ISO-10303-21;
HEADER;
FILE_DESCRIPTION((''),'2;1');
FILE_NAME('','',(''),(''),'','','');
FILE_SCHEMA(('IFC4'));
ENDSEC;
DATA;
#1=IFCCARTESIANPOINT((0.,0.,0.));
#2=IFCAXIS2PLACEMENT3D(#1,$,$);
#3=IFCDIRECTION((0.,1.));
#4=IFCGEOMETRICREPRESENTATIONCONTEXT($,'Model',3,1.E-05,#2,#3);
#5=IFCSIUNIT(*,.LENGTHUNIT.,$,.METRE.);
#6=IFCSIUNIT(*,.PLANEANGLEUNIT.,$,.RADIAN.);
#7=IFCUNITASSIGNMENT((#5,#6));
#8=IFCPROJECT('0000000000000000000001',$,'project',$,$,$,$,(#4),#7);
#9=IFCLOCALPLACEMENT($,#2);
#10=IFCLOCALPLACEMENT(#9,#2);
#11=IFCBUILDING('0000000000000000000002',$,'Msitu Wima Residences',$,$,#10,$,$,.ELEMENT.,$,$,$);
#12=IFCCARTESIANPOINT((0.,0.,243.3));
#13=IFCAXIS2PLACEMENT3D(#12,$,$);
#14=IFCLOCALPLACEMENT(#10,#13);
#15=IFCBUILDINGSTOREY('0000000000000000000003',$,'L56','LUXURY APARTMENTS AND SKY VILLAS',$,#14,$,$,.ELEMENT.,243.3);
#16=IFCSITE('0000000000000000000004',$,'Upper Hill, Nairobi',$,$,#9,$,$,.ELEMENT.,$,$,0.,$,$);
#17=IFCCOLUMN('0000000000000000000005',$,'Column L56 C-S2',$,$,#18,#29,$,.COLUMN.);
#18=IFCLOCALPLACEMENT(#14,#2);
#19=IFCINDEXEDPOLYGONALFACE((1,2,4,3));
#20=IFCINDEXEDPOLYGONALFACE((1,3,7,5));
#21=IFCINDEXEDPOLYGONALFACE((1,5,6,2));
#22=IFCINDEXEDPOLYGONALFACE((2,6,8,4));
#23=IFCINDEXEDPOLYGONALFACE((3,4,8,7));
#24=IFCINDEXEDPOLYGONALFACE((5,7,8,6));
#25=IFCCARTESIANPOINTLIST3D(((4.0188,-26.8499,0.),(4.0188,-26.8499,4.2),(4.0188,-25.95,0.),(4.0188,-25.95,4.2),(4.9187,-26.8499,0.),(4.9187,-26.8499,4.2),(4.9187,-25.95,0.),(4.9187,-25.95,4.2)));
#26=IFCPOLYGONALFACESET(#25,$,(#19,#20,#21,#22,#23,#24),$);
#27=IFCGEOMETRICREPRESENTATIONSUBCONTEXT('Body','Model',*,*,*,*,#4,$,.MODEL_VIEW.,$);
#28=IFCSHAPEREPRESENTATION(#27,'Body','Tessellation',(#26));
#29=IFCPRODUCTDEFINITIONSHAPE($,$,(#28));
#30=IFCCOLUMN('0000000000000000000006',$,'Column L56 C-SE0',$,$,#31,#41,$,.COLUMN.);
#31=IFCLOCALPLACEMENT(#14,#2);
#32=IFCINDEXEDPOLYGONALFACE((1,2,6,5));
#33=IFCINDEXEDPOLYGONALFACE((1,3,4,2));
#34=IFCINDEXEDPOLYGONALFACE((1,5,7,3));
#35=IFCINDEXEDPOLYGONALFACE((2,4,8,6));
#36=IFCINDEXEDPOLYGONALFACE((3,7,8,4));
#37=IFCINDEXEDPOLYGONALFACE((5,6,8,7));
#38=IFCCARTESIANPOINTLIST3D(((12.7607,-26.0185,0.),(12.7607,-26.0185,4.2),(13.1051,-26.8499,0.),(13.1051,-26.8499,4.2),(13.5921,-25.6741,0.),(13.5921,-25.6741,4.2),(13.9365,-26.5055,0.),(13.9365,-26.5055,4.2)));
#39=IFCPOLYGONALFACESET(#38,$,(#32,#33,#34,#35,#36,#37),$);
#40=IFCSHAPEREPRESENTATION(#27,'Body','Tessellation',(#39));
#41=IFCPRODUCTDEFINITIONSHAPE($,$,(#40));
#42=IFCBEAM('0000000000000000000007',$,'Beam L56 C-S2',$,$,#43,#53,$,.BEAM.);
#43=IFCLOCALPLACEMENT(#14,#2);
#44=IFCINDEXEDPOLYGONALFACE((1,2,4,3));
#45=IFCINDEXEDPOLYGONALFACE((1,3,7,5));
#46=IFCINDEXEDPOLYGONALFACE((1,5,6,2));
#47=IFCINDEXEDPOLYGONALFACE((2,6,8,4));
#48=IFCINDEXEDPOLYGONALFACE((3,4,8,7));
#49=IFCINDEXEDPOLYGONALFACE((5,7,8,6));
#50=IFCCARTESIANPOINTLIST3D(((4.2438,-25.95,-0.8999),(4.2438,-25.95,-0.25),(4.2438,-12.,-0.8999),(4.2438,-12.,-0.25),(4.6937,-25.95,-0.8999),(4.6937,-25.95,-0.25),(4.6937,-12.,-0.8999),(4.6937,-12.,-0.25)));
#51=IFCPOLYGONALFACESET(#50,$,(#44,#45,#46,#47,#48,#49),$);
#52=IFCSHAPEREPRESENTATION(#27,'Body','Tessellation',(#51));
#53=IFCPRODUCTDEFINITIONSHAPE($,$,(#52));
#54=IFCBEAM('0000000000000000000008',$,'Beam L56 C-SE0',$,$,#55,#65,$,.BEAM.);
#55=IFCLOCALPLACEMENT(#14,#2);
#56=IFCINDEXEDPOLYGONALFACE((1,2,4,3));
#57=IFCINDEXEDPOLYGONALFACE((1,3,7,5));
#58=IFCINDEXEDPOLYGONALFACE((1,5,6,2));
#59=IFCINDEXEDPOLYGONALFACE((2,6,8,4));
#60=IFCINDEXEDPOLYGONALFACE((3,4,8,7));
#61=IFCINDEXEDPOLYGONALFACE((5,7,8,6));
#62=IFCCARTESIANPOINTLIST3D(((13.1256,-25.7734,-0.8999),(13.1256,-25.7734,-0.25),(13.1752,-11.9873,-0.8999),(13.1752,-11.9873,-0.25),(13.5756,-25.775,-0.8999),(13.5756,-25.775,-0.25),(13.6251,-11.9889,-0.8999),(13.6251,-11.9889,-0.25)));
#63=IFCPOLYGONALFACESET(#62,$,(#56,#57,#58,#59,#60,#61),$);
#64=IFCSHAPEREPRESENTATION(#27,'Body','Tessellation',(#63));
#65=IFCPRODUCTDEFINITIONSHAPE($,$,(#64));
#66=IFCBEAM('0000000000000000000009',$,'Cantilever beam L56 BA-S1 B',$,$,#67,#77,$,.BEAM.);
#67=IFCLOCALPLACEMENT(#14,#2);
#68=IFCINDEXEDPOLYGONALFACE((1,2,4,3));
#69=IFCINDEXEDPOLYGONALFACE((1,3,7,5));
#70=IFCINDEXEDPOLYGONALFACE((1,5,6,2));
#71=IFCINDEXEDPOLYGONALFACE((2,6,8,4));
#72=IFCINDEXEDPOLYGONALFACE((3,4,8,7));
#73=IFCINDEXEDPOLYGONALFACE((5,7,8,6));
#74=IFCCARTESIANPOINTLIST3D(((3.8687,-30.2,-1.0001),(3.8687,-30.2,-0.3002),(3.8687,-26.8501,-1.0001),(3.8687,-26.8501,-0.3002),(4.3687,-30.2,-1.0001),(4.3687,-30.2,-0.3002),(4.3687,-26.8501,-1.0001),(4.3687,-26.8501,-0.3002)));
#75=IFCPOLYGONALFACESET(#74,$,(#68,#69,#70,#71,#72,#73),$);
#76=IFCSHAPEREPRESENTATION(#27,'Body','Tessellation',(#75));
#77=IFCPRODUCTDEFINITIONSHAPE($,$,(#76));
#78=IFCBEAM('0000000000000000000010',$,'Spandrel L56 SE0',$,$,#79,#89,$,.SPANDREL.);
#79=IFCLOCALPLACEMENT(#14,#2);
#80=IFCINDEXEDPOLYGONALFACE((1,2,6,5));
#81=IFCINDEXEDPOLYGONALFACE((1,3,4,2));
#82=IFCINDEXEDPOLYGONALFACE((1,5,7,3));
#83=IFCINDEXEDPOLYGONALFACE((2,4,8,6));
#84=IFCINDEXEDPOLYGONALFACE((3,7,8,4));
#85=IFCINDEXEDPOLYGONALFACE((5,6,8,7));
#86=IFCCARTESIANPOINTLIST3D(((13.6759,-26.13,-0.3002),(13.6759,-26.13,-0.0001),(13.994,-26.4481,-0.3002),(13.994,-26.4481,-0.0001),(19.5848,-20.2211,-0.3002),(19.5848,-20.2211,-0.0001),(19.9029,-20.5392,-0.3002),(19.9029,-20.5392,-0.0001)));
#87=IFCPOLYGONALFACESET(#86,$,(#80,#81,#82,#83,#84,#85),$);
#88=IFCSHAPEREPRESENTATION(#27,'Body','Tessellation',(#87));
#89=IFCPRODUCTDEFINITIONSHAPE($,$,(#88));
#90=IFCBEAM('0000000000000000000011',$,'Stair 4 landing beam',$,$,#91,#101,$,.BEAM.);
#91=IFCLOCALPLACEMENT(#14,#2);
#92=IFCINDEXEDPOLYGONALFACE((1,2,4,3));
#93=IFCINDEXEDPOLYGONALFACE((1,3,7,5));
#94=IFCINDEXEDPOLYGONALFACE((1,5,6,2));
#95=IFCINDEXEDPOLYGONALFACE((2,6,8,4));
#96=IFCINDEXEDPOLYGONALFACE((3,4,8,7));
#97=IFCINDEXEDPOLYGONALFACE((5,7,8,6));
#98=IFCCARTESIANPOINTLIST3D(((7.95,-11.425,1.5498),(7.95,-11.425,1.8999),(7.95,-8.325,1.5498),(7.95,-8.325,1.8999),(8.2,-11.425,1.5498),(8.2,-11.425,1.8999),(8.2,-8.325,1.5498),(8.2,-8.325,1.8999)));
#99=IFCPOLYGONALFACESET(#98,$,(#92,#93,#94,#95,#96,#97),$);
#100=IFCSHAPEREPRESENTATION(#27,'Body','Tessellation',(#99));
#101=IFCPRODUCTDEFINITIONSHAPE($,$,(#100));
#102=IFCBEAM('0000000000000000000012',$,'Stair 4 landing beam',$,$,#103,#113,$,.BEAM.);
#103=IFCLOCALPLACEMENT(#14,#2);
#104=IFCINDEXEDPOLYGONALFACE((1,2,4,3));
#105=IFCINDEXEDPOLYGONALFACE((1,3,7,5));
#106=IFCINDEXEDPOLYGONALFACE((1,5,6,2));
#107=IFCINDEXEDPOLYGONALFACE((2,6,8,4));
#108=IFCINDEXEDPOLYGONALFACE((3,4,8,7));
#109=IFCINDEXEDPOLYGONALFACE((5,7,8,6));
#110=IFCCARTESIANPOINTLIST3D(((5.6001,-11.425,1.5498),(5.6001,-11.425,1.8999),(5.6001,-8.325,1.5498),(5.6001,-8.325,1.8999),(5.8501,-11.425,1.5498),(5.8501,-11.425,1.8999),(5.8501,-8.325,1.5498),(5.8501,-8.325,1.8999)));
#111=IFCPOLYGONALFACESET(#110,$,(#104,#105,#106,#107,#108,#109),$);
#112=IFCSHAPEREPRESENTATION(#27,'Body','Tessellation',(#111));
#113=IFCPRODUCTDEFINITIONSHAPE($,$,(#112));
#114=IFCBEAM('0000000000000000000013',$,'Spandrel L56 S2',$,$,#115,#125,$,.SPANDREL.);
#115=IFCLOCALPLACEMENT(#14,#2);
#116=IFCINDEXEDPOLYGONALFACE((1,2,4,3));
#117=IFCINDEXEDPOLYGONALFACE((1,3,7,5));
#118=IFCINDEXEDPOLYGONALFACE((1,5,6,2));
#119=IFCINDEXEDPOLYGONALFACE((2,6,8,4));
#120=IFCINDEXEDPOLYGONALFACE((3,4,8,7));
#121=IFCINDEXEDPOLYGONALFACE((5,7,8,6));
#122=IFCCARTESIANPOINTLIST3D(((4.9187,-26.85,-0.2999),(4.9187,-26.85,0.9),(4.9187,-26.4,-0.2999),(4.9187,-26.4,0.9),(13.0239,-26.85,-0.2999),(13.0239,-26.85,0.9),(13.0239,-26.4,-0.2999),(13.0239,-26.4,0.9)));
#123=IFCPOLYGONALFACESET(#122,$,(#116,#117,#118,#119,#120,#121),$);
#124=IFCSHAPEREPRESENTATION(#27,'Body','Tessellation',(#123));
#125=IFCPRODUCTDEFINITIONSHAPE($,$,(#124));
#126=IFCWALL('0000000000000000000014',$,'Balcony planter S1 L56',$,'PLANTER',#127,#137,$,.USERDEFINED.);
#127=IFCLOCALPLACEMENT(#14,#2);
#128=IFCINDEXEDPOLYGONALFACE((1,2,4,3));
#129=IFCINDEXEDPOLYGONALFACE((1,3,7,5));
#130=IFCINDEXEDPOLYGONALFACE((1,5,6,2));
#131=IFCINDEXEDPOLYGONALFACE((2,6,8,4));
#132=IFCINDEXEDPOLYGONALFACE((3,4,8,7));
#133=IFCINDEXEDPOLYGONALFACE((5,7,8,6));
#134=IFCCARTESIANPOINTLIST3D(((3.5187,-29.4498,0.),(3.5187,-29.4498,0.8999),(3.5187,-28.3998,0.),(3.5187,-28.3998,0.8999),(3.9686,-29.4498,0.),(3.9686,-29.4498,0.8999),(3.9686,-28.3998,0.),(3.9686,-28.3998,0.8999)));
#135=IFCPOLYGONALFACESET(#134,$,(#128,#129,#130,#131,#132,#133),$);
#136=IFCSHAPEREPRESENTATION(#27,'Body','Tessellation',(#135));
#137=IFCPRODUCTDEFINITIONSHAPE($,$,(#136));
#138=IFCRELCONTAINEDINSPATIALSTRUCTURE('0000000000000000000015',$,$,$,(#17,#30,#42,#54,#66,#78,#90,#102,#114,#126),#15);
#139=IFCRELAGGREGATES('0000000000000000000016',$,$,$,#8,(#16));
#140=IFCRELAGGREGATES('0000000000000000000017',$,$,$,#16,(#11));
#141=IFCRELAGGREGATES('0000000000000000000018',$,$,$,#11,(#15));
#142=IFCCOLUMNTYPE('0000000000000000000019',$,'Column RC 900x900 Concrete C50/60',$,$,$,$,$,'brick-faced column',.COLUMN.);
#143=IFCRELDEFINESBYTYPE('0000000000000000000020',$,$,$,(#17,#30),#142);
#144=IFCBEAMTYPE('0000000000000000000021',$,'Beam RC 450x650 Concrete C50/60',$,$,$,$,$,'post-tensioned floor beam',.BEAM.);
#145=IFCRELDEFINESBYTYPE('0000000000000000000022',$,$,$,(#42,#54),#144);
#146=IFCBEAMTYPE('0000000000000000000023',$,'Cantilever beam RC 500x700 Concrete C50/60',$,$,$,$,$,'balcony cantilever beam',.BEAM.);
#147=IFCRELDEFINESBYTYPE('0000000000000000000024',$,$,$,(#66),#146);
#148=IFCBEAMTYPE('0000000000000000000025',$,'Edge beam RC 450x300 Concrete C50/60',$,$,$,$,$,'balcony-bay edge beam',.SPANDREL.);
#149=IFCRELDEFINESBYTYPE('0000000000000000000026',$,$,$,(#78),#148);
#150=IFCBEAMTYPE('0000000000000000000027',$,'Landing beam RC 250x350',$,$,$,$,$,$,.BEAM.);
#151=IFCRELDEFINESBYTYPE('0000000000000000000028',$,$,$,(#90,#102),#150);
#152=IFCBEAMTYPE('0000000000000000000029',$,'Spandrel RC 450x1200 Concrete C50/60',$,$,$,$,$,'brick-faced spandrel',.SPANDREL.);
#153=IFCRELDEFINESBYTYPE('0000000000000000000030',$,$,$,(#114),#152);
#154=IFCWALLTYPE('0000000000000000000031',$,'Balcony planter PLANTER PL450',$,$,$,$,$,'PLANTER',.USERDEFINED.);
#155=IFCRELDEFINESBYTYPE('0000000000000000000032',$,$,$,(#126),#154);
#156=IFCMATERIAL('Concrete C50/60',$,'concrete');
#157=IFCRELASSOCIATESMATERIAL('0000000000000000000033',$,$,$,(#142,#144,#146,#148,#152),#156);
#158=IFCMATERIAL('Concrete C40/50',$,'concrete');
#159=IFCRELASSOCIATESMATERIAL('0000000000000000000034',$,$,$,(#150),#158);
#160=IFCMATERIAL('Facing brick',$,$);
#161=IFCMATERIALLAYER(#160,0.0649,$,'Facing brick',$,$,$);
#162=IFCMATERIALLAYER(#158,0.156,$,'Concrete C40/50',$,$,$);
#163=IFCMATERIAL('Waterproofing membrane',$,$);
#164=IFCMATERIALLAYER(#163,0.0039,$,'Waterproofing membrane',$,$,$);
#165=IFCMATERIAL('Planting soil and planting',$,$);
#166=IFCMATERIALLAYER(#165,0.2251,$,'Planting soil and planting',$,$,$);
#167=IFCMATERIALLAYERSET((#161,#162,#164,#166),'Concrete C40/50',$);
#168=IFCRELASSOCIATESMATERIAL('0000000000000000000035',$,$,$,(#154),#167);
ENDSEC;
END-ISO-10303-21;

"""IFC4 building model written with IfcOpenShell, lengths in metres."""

from ifc_helpers import new_model, si_unit, direction, frame, frame_2d, origin, origin_2d, place, context, subcontext, project, spatial, rectangle, extrude, material, layer, layer_set, material_profile, profile_set, type_object, element, save


model = new_model("IFC4")

# Units and contexts
model_context = context("Model", 3, precision=1e-05, world=origin(), true_north=direction((0.0, 1.0)))
body_context = subcontext(model_context, "Body", "Model", "MODEL_VIEW")
ifc_project = project(units=[si_unit("LENGTHUNIT", "METRE"), si_unit("PLANEANGLEUNIT", "RADIAN")], contexts=[model_context])

# Site, building, storey
site_placement = place(None, origin())
site = spatial("IfcSite", under=ifc_project, at=site_placement, Name="Upper Hill, Nairobi", CompositionType="ELEMENT", RefElevation=0.0)
building_placement = place(site_placement, origin())
building = spatial("IfcBuilding", under=site, at=building_placement, Name="Msitu Wima Residences", CompositionType="ELEMENT")
storey_placement = place(building_placement, frame((0.0, 0.0, 243.3)))
storey = spatial("IfcBuildingStorey", under=building, at=storey_placement, Name="L56", Description="LUXURY APARTMENTS AND SKY VILLAS", CompositionType="ELEMENT", Elevation=243.3)

# Columns
ifc_material_1 = material(Name="Concrete C50/60", Category="concrete")
ifc_material_profile_1 = material_profile(ifc_material_1, rectangle(XDim=0.8999, YDim=0.8999, at=origin_2d()), Name="RC 900x900")
ifc_profile_set_1 = profile_set([ifc_material_profile_1], Name="Concrete C50/60")
column_type = type_object("IfcColumnType", Name="Column RC 900x900 Concrete C50/60", ElementType="brick-faced column", PredefinedType="COLUMN", material=ifc_profile_set_1)
for number, where, z_axis, x_axis, name in (
    (1, (4.4688, -26.3999, 0.0), (0.0, 0.0, 1.0), (1.0, 0.0, 0.0), "Column L56 C-S2"),
    (2, (13.3486, -26.262, 0.0), (0.0, 0.0, 1.0), (0.92388, 0.382683, 0.0), "Column L56 C-SE0"),
):
    element("IfcColumn", number, at=place(storey_placement, frame(where, z_axis=z_axis, x_axis=x_axis)), inside=storey, type_object=column_type, Name=name, PredefinedType="COLUMN", context=body_context, shape_type="SweptSolid", body=[
        extrude(rectangle(XDim=0.8999, YDim=0.8999, at=origin_2d()), origin(), (0.0, 0.0, 1.0), 4.2),
    ])

# Beams
ifc_material_profile_2 = material_profile(ifc_material_1, rectangle(XDim=0.45, YDim=0.6499, at=origin_2d()), Name="RC 450x650")
ifc_profile_set_2 = profile_set([ifc_material_profile_2], Name="Concrete C50/60")
beam_type_1 = type_object("IfcBeamType", Name="Beam RC 450x650 Concrete C50/60", ElementType="post-tensioned floor beam", PredefinedType="BEAM", material=ifc_profile_set_2)
beam_1_placement = place(storey_placement, frame((4.4688, -25.95, -0.575), z_axis=(0.0, 1.0, 0.0), x_axis=(-1.0, 0.0, 0.0)))
element("IfcBeam", 3, at=beam_1_placement, inside=storey, type_object=beam_type_1, Name="Beam L56 C-S2", PredefinedType="BEAM", context=body_context, shape_type="SweptSolid", body=[
    extrude(rectangle(XDim=0.45, YDim=0.6499, at=origin_2d()), origin(), (0.0, 0.0, 1.0), 13.95),
])
beam_2_placement = place(storey_placement, frame((13.3506, -25.7742, -0.575), z_axis=(0.003595, 0.999994, 0.0), x_axis=(-0.999994, 0.003595, 0.0)))
element("IfcBeam", 4, at=beam_2_placement, inside=storey, type_object=beam_type_1, Name="Beam L56 C-SE0", PredefinedType="BEAM", context=body_context, shape_type="SweptSolid", body=[
    extrude(rectangle(XDim=0.45, YDim=0.6499, at=origin_2d()), origin(), (0.0, 0.0, 1.0), 13.7861),
])
ifc_material_profile_3 = material_profile(ifc_material_1, rectangle(XDim=0.5, YDim=0.7, at=origin_2d()), Name="RC 500x700")
ifc_profile_set_3 = profile_set([ifc_material_profile_3], Name="Concrete C50/60")
beam_type_2 = type_object("IfcBeamType", Name="Cantilever beam RC 500x700 Concrete C50/60", ElementType="balcony cantilever beam", PredefinedType="BEAM", material=ifc_profile_set_3)
beam_3_placement = place(storey_placement, frame((4.1187, -26.8501, -0.6501), z_axis=(0.0, -1.0, 0.0), x_axis=(1.0, 0.0, 0.0)))
element("IfcBeam", 5, at=beam_3_placement, inside=storey, type_object=beam_type_2, Name="Cantilever beam L56 BA-S1 B", PredefinedType="BEAM", context=body_context, shape_type="SweptSolid", body=[
    extrude(rectangle(XDim=0.5, YDim=0.7, at=origin_2d()), origin(), (0.0, 0.0, 1.0), 3.3499),
])
ifc_material_profile_4 = material_profile(ifc_material_1, rectangle(XDim=0.45, YDim=0.3, at=origin_2d()), Name="RC 450x300")
ifc_profile_set_4 = profile_set([ifc_material_profile_4], Name="Concrete C50/60")
beam_type_3 = type_object("IfcBeamType", Name="Edge beam RC 450x300 Concrete C50/60", ElementType="balcony-bay edge beam", PredefinedType="SPANDREL", material=ifc_profile_set_4)
beam_4_placement = place(storey_placement, frame((13.835, -26.2891, -0.1501), z_axis=(0.707107, 0.707107, 0.0), x_axis=(-0.707107, 0.707107, 0.0)))
element("IfcBeam", 6, at=beam_4_placement, inside=storey, type_object=beam_type_3, Name="Spandrel L56 SE0", PredefinedType="SPANDREL", context=body_context, shape_type="SweptSolid", body=[
    extrude(rectangle(XDim=0.45, YDim=0.3, at=origin_2d()), origin(), (0.0, 0.0, 1.0), 8.3564),
])
ifc_material_2 = material(Name="Concrete C40/50", Category="concrete")
ifc_material_profile_5 = material_profile(ifc_material_2, rectangle(XDim=0.25, YDim=0.3501, at=origin_2d()), Name="RC 250x350")
ifc_profile_set_5 = profile_set([ifc_material_profile_5], Name="Concrete C40/50")
beam_type_4 = type_object("IfcBeamType", Name="Landing beam RC 250x350", PredefinedType="BEAM", material=ifc_profile_set_5)
for number, where, z_axis, x_axis, name in (
    (7, (8.075, -11.425, 1.7249), (0.0, 1.0, 0.0), (-1.0, 0.0, 0.0), "Stair 4 landing beam"),
    (8, (5.7251, -11.425, 1.7249), (0.0, 1.0, 0.0), (-1.0, 0.0, 0.0), "Stair 4 landing beam"),
):
    element("IfcBeam", number, at=place(storey_placement, frame(where, z_axis=z_axis, x_axis=x_axis)), inside=storey, type_object=beam_type_4, Name=name, PredefinedType="BEAM", context=body_context, shape_type="SweptSolid", body=[
        extrude(rectangle(XDim=0.25, YDim=0.3501, at=origin_2d()), origin(), (0.0, 0.0, 1.0), 3.1001),
    ])
ifc_material_profile_6 = material_profile(ifc_material_1, rectangle(XDim=0.45, YDim=1.2, at=origin_2d()), Name="RC 450x1200")
ifc_profile_set_6 = profile_set([ifc_material_profile_6], Name="Concrete C50/60")
beam_type_5 = type_object("IfcBeamType", Name="Spandrel RC 450x1200 Concrete C50/60", ElementType="brick-faced spandrel", PredefinedType="SPANDREL", material=ifc_profile_set_6)
beam_5_placement = place(storey_placement, frame((4.9187, -26.625, 0.3), z_axis=(1.0, 0.0, 0.0), x_axis=(0.0, 1.0, 0.0)))
element("IfcBeam", 9, at=beam_5_placement, inside=storey, type_object=beam_type_5, Name="Spandrel L56 S2", PredefinedType="SPANDREL", context=body_context, shape_type="SweptSolid", body=[
    extrude(rectangle(XDim=0.45, YDim=1.2, at=origin_2d()), origin(), (0.0, 0.0, 1.0), 8.1052),
])

# Wall
ifc_material_3 = material(Name="Facing brick")
ifc_layer_1 = layer(ifc_material_3, 0.0649, Name="Facing brick")
ifc_layer_2 = layer(ifc_material_2, 0.156, Name="Concrete C40/50")
ifc_material_4 = material(Name="Waterproofing membrane")
ifc_layer_3 = layer(ifc_material_4, 0.0039, Name="Waterproofing membrane")
ifc_material_5 = material(Name="Planting soil and planting")
ifc_layer_4 = layer(ifc_material_5, 0.2251, Name="Planting soil and planting")
ifc_layer_set_1 = layer_set([ifc_layer_1, ifc_layer_2, ifc_layer_3, ifc_layer_4], Name="Concrete C40/50")
wall_type_1 = type_object("IfcWallType", Name="Balcony planter PLANTER PL450", ElementType="PLANTER", PredefinedType="USERDEFINED", material=ifc_layer_set_1)
wall_1_placement = place(storey_placement, frame((3.7437, -28.3999, 0.0), z_axis=(0.0, 0.0, 1.0), x_axis=(0.0, -1.0, 0.0)))
element("IfcWall", 10, at=wall_1_placement, inside=storey, type_object=wall_type_1, Name="Balcony planter S1 L56", ObjectType="PLANTER", PredefinedType="USERDEFINED", context=body_context, shape_type="SweptSolid", body=[
    extrude(rectangle(XDim=1.05, YDim=0.45, at=frame_2d((0.5249, 0.0))), origin(), (0.0, 0.0, 1.0), 0.8999),
])

save(model, "model.ifc")
